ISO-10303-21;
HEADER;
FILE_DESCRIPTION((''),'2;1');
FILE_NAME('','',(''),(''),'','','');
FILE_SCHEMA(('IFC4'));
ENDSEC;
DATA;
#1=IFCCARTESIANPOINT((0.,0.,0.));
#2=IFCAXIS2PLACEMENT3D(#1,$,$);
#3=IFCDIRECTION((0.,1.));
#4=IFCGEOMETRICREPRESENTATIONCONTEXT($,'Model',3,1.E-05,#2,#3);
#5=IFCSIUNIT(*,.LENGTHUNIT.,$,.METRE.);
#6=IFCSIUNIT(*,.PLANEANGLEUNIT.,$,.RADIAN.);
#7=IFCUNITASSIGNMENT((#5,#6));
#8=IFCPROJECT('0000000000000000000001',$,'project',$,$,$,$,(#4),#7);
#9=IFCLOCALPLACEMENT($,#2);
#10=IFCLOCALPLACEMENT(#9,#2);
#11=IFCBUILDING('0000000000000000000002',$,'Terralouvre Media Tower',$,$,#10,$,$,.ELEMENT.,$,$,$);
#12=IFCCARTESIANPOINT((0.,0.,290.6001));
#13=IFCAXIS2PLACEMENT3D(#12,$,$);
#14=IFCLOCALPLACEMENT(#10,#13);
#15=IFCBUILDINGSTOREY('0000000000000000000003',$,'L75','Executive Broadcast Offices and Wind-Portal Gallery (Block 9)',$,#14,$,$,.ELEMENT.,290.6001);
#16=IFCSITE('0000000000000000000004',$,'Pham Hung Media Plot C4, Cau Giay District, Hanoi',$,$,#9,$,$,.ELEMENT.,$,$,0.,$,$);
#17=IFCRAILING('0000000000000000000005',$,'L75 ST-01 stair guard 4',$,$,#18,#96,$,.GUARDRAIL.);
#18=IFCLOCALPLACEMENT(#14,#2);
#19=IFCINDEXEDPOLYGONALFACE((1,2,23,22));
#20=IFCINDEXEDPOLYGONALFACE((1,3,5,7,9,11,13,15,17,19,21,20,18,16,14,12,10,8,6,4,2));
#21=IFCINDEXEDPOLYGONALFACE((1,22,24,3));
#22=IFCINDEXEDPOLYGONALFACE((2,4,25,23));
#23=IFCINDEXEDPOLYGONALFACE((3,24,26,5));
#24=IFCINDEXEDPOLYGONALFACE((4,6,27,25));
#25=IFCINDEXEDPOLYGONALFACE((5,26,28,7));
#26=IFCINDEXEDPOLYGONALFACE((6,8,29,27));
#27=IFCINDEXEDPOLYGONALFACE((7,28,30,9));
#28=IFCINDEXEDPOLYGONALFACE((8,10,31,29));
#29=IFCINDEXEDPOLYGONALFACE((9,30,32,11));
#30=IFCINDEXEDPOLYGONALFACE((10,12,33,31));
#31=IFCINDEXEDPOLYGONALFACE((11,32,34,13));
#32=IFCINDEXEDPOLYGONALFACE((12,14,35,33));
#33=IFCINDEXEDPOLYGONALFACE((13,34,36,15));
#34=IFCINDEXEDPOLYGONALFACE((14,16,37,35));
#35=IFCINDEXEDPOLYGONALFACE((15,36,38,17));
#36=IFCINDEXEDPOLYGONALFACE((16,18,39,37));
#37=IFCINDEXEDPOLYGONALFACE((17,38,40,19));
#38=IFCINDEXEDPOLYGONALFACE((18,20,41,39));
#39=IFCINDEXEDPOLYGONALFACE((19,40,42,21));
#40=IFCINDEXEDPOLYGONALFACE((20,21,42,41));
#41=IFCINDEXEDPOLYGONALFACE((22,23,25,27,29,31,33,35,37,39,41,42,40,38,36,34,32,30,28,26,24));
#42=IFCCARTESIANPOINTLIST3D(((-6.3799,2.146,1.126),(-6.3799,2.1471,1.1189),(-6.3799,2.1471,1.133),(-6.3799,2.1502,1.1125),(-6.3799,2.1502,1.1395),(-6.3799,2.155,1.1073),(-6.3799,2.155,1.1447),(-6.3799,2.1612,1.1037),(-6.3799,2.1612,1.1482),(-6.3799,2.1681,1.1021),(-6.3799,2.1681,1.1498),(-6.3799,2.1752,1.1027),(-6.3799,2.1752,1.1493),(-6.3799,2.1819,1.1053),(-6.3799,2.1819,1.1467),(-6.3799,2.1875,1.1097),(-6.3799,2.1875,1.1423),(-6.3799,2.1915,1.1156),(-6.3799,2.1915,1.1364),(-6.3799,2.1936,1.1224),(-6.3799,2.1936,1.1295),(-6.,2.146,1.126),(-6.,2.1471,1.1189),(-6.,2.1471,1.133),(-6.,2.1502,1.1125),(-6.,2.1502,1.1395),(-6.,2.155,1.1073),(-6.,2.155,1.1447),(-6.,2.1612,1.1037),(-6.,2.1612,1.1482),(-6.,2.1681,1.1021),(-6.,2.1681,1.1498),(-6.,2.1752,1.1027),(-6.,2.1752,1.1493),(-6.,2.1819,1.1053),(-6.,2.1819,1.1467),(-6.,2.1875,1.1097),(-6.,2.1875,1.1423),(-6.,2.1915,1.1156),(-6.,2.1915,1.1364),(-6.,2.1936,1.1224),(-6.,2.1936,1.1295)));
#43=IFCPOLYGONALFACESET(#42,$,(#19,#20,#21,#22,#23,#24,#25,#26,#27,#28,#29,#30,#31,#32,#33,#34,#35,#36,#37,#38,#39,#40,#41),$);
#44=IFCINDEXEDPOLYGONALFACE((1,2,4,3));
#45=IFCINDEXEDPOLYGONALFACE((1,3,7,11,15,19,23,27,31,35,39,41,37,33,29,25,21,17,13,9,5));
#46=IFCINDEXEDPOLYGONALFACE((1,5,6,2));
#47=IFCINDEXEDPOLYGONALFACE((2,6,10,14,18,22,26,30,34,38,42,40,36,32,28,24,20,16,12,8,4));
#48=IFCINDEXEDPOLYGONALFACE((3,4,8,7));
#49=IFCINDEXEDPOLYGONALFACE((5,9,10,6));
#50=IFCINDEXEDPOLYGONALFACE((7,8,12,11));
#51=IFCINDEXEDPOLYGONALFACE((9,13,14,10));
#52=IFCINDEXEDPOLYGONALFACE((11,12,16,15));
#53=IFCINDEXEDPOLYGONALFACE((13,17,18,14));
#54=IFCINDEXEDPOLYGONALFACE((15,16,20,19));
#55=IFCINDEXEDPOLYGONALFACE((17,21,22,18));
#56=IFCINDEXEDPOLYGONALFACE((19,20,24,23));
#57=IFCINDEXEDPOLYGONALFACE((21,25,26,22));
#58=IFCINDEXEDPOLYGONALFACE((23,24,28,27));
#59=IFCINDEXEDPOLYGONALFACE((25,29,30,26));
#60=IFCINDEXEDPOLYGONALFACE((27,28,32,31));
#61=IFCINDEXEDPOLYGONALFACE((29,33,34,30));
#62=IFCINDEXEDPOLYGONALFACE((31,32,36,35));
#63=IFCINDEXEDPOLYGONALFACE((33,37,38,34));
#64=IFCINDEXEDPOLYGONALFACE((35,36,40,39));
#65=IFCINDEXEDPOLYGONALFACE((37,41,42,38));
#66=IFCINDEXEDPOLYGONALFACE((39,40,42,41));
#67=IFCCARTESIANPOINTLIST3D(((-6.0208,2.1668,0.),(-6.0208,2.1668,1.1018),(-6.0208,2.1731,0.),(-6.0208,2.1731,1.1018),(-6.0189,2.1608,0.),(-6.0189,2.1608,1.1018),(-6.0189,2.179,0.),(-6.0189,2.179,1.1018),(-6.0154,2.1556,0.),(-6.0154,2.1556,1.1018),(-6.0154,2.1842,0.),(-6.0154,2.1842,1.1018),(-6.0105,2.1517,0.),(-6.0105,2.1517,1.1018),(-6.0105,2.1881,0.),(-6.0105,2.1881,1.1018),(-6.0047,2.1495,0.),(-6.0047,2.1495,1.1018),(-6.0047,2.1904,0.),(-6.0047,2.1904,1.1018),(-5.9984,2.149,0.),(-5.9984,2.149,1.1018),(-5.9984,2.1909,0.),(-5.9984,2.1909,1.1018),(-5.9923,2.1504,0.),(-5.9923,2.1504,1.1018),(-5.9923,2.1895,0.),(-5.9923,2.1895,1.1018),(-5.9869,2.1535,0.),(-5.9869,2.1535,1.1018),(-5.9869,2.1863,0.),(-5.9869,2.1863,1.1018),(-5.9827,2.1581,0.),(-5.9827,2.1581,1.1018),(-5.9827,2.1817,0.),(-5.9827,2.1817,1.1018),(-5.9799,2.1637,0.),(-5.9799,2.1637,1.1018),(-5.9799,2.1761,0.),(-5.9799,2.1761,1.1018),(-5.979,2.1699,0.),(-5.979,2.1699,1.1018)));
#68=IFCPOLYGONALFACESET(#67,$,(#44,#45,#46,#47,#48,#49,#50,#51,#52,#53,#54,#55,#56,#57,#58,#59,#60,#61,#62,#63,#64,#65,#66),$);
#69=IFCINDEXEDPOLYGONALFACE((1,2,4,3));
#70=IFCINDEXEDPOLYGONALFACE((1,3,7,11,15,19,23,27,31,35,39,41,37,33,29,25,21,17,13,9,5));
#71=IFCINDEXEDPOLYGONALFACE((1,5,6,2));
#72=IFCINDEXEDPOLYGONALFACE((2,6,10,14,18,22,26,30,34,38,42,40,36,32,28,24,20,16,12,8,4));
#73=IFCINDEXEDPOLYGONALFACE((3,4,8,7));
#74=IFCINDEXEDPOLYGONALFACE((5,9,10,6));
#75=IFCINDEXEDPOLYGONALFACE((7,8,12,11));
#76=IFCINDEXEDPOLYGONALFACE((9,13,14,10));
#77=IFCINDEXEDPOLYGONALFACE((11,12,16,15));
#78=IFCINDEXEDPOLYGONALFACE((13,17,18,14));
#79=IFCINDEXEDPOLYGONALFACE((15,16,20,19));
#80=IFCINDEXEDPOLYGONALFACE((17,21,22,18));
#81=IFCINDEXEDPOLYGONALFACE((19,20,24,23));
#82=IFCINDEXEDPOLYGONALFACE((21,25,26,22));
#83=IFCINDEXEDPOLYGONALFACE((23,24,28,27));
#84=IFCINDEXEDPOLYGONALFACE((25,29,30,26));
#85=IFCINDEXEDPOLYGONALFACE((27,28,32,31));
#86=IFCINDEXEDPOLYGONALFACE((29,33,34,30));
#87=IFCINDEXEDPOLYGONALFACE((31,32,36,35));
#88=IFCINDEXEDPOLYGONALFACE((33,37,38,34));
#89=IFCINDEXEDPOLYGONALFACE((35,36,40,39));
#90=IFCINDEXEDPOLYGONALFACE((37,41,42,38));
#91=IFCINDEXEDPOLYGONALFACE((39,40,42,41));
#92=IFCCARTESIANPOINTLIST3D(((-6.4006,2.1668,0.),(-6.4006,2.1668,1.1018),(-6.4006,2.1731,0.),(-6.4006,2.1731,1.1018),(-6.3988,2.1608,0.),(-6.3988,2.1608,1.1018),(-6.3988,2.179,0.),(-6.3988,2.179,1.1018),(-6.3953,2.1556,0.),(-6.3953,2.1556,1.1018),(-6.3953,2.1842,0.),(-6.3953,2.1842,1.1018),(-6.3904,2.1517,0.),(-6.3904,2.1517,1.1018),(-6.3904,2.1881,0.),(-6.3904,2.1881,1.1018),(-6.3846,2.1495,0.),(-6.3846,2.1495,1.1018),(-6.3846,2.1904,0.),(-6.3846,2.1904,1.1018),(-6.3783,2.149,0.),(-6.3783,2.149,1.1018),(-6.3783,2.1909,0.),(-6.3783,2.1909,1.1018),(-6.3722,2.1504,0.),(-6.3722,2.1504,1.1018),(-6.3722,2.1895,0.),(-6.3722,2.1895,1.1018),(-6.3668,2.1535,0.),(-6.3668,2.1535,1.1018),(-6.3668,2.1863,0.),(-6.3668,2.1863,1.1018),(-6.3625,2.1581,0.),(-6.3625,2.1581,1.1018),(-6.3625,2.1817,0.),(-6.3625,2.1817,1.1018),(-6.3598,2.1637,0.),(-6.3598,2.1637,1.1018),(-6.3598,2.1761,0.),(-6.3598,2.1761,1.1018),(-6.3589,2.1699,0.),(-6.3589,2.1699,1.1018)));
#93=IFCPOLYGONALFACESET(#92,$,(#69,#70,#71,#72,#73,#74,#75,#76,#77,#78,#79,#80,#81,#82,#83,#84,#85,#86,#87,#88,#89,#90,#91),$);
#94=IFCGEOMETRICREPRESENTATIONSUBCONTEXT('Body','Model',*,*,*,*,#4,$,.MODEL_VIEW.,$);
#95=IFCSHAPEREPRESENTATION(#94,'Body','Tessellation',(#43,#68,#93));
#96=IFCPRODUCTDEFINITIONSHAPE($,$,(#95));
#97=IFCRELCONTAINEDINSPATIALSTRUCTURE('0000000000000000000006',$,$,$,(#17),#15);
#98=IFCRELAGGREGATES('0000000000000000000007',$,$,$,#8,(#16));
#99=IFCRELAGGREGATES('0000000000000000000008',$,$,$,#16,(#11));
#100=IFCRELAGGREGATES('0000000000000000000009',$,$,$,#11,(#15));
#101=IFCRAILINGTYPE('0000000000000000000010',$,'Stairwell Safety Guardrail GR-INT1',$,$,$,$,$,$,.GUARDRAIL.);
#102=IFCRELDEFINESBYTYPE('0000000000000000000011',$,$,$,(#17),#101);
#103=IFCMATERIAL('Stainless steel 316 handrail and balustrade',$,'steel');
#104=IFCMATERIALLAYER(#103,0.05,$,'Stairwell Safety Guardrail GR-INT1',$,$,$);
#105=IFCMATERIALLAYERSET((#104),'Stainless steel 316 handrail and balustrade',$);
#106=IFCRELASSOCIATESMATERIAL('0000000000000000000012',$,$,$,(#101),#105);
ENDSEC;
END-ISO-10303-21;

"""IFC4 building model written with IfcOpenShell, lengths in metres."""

from ifc_helpers import new_model, si_unit, direction, frame, origin, origin_2d, place, context, subcontext, project, spatial, circle, extrude, material, layer, layer_set, type_object, element, save


model = new_model("IFC4")

# Units and contexts
model_context = context("Model", 3, precision=1e-05, world=origin(), true_north=direction((0.0, 1.0)))
body_context = subcontext(model_context, "Body", "Model", "MODEL_VIEW")
ifc_project = project(units=[si_unit("LENGTHUNIT", "METRE"), si_unit("PLANEANGLEUNIT", "RADIAN")], contexts=[model_context])

# Site, building, storey
site_placement = place(None, origin())
site = spatial("IfcSite", under=ifc_project, at=site_placement, Name="Pham Hung Media Plot C4, Cau Giay District, Hanoi", CompositionType="ELEMENT", RefElevation=0.0)
building_placement = place(site_placement, origin())
building = spatial("IfcBuilding", under=site, at=building_placement, Name="Terralouvre Media Tower", CompositionType="ELEMENT")
storey_placement = place(building_placement, frame((0.0, 0.0, 290.6001)))
storey = spatial("IfcBuildingStorey", under=building, at=storey_placement, Name="L75", Description="Executive Broadcast Offices and Wind-Portal Gallery (Block 9)", CompositionType="ELEMENT", Elevation=290.6001)

# Railing
ifc_material_1 = material(Name="Stainless steel 316 handrail and balustrade", Category="steel")
ifc_layer_1 = layer(ifc_material_1, 0.05, Name="Stairwell Safety Guardrail GR-INT1")
ifc_layer_set_1 = layer_set([ifc_layer_1], Name="Stainless steel 316 handrail and balustrade")
railing_type_1 = type_object("IfcRailingType", Name="Stairwell Safety Guardrail GR-INT1", PredefinedType="GUARDRAIL", material=ifc_layer_set_1)
railing_1_placement = place(storey_placement, frame((-6.0, 2.1699, 0.0)))
element("IfcRailing", 1, at=railing_1_placement, inside=storey, type_object=railing_type_1, Name="L75 ST-01 stair guard 4", PredefinedType="GUARDRAIL", context=body_context, shape_type="SweptSolid", body=[
    extrude(circle(Radius=0.0239, at=origin_2d()), frame((0.0, 0.0, 1.126), z_axis=(-1.0, 0.0, 0.0), x_axis=(0.0, -1.0, 0.0)), (0.0, 0.0, 1.0), 0.3799),
    extrude(circle(Radius=0.021, at=origin_2d()), origin(), (0.0, 0.0, 1.0), 1.1018),
    extrude(circle(Radius=0.021, at=origin_2d()), frame((-0.3799, 0.0, 0.0)), (0.0, 0.0, 1.0), 1.1018),
])

save(model, "model.ifc")
